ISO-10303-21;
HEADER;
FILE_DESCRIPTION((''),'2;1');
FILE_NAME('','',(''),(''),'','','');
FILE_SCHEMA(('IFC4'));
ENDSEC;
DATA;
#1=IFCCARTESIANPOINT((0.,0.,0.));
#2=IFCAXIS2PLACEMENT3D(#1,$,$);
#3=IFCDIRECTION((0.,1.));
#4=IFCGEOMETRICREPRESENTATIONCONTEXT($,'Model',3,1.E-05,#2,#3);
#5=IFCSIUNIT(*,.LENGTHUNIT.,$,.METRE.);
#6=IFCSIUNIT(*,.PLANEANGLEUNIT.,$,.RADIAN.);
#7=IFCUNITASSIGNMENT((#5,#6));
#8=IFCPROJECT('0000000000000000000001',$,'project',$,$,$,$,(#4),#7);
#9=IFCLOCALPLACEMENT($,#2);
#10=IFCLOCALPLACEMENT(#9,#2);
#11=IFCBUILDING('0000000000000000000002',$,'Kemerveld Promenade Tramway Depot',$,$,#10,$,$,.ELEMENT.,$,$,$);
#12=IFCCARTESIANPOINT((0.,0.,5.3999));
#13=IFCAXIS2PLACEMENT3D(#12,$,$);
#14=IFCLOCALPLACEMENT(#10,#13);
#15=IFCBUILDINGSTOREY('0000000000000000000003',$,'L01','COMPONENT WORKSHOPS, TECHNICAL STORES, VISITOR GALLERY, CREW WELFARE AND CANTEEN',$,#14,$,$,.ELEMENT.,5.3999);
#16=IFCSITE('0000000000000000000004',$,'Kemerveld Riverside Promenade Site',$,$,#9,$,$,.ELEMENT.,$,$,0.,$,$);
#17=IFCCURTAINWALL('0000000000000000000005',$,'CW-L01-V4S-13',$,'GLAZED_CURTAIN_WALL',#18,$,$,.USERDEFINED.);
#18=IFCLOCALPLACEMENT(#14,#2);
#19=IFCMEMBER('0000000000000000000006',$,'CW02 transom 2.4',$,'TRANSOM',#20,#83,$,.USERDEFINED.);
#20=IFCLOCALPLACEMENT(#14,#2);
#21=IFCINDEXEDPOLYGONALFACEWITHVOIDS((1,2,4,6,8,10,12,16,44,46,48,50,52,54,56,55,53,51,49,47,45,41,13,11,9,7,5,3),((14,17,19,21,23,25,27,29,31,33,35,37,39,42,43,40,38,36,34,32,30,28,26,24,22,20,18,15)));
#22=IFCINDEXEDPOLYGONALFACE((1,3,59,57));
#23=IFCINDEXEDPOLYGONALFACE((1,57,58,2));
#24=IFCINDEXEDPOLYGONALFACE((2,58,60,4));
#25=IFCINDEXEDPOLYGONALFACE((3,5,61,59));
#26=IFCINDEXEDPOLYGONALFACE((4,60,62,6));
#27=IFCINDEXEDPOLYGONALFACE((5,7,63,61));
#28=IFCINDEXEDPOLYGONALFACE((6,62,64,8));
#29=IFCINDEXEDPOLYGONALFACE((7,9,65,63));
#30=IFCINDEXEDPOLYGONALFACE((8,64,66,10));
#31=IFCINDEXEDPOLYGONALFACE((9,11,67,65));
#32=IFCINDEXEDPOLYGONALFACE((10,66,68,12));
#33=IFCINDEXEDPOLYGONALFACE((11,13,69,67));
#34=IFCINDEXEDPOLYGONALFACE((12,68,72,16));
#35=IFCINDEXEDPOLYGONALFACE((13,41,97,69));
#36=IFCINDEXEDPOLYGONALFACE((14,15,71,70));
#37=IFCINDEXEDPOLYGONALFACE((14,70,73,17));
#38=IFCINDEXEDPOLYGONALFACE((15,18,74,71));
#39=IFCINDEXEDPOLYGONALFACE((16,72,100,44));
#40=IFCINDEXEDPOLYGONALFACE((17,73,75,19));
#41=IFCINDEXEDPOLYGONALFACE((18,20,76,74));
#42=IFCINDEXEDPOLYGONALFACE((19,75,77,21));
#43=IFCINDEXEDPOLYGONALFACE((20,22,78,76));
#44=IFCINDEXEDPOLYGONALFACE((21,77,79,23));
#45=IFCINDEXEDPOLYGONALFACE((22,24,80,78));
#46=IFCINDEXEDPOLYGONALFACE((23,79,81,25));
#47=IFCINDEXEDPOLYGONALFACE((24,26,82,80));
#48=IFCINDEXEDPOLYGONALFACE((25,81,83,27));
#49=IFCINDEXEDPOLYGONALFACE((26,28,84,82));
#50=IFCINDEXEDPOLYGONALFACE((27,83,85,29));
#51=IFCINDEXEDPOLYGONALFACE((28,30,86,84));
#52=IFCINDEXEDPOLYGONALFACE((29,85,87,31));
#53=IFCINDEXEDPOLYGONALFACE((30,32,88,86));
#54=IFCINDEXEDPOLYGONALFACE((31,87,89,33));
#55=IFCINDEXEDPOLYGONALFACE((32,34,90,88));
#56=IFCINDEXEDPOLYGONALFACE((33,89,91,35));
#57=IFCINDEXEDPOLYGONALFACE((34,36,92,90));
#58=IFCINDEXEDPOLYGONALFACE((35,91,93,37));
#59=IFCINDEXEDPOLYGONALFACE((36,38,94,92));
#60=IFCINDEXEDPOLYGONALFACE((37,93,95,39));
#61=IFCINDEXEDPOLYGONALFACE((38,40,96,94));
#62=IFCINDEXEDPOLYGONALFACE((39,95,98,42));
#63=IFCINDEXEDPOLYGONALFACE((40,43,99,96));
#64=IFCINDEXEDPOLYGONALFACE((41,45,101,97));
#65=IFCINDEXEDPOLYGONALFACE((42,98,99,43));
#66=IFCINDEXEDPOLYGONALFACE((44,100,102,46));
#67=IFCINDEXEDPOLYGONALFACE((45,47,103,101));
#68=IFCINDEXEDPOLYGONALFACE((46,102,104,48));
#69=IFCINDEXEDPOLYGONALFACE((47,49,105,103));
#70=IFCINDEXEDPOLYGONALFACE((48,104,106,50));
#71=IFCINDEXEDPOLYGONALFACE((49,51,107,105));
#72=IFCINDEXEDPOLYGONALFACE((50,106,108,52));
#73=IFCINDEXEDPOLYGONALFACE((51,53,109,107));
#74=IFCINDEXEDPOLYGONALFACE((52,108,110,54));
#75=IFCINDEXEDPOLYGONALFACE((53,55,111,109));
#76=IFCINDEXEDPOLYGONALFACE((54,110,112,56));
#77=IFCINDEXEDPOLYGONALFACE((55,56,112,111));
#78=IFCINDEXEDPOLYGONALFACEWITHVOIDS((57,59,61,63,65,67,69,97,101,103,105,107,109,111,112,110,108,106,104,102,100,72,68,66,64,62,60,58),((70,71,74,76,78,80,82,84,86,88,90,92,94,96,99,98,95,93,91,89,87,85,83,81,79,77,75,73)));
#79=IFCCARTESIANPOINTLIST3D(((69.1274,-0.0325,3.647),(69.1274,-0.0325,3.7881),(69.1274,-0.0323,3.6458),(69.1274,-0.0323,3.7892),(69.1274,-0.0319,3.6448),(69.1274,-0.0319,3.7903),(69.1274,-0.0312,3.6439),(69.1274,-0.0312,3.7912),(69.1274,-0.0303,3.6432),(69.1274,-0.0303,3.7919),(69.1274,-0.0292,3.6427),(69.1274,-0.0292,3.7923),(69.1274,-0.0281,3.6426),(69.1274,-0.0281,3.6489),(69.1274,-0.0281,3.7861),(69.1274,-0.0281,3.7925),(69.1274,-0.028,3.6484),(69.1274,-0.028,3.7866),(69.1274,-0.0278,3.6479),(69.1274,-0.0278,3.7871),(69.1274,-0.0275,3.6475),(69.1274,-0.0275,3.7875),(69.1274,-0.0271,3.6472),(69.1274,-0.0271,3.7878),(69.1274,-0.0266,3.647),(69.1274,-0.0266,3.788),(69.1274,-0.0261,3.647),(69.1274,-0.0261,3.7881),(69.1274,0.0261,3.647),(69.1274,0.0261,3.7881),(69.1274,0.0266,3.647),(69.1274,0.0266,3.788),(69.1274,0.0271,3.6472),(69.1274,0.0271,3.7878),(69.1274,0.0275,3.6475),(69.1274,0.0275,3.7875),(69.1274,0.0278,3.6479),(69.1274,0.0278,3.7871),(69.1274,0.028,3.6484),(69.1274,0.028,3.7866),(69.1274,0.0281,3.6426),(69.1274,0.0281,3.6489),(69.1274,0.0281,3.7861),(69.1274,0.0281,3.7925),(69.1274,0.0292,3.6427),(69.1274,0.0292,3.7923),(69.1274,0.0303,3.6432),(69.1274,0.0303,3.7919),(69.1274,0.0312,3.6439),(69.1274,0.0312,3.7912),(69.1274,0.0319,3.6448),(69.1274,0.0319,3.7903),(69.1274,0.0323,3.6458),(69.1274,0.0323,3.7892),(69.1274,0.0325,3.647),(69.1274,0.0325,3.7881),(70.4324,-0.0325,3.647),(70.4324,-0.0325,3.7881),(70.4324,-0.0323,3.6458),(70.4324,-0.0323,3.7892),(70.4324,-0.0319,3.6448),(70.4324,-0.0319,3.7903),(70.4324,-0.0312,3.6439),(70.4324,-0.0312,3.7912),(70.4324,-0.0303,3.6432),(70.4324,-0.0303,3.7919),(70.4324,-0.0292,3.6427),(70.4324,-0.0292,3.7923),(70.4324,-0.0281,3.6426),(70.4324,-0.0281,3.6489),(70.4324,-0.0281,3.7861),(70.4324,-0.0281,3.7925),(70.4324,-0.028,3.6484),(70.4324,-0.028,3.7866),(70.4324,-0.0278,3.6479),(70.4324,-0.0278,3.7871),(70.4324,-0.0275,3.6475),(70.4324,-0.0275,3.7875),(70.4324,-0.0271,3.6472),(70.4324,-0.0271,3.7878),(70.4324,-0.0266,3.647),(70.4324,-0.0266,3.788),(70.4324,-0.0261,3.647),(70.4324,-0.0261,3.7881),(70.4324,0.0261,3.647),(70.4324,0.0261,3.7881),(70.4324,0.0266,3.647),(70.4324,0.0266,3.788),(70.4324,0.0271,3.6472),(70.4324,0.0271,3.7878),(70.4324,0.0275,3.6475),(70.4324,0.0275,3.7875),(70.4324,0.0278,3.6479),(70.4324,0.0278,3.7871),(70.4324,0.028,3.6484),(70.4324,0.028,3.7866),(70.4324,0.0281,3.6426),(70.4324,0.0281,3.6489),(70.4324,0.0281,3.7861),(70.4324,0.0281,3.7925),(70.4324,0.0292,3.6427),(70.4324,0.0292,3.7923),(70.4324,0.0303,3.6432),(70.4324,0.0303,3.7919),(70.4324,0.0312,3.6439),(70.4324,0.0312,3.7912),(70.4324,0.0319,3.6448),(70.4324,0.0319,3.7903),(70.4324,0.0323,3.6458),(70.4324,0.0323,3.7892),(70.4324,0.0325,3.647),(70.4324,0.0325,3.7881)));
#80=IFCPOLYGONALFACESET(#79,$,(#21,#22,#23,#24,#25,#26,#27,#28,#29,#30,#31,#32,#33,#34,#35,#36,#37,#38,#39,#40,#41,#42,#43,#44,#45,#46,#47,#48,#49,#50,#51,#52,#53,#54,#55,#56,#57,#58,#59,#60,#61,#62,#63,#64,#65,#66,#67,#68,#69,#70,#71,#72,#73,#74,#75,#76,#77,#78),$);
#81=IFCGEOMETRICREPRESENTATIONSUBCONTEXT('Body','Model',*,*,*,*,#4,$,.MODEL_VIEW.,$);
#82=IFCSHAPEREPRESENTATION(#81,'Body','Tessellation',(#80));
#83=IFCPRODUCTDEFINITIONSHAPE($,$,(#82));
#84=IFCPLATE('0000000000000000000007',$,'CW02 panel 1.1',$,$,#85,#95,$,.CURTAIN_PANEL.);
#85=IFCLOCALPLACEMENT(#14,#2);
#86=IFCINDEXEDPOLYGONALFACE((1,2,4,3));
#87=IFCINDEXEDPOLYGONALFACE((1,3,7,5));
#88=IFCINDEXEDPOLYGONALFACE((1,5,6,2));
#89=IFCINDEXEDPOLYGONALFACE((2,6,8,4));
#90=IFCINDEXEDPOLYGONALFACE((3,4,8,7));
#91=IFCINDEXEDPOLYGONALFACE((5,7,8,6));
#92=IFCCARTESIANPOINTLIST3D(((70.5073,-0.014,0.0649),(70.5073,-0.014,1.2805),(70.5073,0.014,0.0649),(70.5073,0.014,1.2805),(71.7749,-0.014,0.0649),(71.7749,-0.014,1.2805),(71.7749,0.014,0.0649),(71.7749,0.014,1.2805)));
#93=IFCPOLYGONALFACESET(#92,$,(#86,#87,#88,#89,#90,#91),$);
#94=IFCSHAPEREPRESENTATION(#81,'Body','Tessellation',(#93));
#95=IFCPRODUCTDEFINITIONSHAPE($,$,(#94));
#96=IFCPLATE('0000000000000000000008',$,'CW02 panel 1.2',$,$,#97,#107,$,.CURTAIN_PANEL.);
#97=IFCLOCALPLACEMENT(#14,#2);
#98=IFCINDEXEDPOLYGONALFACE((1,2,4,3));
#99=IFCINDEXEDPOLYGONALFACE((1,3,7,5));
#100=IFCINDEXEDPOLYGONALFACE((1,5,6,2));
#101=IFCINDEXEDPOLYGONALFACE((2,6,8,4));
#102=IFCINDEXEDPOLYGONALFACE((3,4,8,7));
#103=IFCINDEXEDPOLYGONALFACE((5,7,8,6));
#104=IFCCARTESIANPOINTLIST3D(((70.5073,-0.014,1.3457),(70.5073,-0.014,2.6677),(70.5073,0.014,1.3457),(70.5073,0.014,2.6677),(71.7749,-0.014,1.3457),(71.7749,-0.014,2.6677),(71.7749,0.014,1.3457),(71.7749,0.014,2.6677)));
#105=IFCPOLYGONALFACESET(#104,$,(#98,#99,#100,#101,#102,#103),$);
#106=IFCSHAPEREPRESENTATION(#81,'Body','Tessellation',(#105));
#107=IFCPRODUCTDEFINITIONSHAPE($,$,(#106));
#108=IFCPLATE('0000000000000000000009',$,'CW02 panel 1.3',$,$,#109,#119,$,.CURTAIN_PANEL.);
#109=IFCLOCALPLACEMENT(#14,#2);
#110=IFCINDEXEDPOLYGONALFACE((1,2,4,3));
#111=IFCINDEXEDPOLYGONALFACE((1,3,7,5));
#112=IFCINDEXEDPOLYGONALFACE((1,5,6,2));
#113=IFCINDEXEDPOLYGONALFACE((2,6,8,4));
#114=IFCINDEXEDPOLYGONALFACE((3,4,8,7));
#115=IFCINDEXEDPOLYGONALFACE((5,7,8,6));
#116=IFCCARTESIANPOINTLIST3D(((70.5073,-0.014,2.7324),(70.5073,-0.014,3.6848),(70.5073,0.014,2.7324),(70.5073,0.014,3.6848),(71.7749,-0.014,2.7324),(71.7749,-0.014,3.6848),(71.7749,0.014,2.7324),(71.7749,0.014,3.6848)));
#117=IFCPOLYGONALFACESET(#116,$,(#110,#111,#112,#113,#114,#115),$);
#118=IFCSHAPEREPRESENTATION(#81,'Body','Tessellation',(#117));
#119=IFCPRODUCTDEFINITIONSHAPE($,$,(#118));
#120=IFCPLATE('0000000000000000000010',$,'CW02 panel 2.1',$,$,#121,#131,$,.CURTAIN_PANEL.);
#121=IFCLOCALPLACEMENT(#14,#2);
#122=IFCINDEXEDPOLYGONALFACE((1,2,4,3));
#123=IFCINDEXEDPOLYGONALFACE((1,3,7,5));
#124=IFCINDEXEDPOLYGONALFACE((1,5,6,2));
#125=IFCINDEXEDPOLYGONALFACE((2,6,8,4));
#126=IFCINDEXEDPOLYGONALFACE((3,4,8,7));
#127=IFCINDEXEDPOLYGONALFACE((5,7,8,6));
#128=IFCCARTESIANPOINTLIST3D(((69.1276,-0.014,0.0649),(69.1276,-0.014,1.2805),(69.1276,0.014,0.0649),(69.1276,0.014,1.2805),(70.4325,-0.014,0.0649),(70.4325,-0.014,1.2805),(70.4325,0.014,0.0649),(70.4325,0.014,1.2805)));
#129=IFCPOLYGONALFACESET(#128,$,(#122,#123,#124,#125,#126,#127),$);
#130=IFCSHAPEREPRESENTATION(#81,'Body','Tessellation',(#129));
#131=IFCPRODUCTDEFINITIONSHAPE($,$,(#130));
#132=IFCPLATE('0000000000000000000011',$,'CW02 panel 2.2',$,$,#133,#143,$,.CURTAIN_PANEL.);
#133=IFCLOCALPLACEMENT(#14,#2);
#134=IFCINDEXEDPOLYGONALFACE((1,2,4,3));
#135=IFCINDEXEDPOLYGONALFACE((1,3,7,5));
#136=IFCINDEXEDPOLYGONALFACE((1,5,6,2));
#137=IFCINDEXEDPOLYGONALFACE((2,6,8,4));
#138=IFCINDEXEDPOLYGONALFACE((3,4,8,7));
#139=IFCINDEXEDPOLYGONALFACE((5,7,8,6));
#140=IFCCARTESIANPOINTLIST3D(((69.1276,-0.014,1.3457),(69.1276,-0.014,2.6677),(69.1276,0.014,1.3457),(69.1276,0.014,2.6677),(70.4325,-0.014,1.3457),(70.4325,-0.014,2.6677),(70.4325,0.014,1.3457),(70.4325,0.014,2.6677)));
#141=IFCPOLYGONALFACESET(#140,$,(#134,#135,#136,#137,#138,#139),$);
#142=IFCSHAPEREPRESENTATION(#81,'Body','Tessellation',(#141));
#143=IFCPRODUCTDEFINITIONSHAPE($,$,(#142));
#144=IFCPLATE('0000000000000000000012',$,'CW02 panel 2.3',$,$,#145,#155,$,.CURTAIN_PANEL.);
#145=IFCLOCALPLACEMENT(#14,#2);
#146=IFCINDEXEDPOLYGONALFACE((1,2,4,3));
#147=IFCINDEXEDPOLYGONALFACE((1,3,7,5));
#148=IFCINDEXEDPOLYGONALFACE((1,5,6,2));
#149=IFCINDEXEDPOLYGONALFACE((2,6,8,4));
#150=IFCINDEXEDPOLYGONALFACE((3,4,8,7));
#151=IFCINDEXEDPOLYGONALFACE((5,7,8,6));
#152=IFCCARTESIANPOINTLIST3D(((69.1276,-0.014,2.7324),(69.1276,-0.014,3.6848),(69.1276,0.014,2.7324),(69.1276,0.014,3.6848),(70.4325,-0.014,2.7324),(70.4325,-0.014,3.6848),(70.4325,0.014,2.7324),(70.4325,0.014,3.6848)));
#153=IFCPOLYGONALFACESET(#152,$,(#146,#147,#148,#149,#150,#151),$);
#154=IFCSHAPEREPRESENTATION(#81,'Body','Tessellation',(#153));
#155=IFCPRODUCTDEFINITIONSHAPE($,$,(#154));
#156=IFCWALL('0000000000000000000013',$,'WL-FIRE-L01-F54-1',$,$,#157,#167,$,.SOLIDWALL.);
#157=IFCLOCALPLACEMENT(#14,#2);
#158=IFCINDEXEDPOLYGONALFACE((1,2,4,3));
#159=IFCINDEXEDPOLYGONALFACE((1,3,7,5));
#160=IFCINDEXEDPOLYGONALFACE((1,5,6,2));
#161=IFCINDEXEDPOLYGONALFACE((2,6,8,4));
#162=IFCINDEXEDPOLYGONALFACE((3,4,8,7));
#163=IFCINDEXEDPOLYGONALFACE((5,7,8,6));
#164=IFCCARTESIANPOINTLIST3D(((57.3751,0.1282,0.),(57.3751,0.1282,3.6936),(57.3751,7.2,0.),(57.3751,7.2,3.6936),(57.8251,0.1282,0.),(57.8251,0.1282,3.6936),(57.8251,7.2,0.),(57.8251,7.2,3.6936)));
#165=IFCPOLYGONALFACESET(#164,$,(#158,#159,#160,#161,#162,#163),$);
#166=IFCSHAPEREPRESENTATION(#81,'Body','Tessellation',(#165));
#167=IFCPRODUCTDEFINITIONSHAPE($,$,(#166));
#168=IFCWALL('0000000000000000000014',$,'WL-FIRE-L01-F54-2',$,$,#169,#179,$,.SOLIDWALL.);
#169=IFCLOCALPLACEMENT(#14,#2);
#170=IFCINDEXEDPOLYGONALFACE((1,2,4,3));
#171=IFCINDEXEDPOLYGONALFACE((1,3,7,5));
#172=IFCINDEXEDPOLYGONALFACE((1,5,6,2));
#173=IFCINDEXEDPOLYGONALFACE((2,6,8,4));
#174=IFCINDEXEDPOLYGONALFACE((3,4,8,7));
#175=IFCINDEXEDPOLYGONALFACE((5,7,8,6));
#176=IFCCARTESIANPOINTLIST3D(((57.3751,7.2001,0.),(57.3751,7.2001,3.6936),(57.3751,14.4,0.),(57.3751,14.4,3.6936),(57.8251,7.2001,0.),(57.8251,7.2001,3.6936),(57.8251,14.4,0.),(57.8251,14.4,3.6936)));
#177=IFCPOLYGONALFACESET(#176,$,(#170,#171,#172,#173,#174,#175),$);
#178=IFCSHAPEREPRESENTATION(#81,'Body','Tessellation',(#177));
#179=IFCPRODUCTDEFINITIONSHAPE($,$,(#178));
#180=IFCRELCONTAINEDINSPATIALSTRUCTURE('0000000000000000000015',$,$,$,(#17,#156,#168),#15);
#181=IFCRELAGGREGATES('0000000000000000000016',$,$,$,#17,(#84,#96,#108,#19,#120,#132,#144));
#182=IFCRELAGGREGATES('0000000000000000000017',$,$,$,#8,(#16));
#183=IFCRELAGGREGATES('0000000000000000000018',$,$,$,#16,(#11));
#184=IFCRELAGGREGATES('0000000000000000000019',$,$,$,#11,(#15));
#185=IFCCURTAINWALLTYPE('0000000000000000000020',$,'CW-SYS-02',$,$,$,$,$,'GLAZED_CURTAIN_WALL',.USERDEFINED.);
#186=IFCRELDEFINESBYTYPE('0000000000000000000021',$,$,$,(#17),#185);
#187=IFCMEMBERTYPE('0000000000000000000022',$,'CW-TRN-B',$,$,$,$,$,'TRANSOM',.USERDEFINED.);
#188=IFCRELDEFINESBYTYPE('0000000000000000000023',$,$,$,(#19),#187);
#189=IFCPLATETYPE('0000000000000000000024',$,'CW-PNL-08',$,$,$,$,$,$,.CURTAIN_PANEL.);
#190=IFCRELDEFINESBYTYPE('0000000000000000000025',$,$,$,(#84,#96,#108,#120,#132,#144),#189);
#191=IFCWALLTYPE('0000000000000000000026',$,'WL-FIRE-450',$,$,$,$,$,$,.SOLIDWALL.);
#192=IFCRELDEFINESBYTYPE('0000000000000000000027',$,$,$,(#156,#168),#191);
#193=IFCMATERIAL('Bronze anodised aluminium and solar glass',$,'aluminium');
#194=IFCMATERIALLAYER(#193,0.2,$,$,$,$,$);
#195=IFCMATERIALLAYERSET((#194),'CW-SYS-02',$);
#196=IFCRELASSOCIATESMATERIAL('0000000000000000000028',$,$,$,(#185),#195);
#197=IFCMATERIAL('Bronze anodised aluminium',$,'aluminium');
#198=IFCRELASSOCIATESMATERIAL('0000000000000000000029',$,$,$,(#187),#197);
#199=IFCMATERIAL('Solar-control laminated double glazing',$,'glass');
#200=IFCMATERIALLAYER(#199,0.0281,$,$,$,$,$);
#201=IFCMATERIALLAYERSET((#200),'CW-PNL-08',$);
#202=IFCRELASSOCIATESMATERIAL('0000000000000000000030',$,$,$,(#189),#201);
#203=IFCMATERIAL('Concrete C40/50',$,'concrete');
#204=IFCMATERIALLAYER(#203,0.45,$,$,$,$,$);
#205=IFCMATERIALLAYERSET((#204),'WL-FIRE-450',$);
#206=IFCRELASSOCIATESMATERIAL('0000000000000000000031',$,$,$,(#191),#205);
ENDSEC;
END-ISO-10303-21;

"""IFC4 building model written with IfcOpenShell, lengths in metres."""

from ifc_helpers import new_model, si_unit, direction, frame, frame_2d, origin, origin_2d, place, context, subcontext, project, spatial, rectangle, hollow_rectangle, extrude, material, layer, layer_set, material_profile, profile_set, type_object, element, aggregate, save


model = new_model("IFC4")

# Units and contexts
model_context = context("Model", 3, precision=1e-05, world=origin(), true_north=direction((0.0, 1.0)))
body_context = subcontext(model_context, "Body", "Model", "MODEL_VIEW")
ifc_project = project(units=[si_unit("LENGTHUNIT", "METRE"), si_unit("PLANEANGLEUNIT", "RADIAN")], contexts=[model_context])

# Site, building, storey
site_placement = place(None, origin())
site = spatial("IfcSite", under=ifc_project, at=site_placement, Name="Kemerveld Riverside Promenade Site", CompositionType="ELEMENT", RefElevation=0.0)
building_placement = place(site_placement, origin())
building = spatial("IfcBuilding", under=site, at=building_placement, Name="Kemerveld Promenade Tramway Depot", CompositionType="ELEMENT")
storey_placement = place(building_placement, frame((0.0, 0.0, 5.3999)))
storey = spatial("IfcBuildingStorey", under=building, at=storey_placement, Name="L01", Description="COMPONENT WORKSHOPS, TECHNICAL STORES, VISITOR GALLERY, CREW WELFARE AND CANTEEN", CompositionType="ELEMENT", Elevation=5.3999)

# Curtain wall, member, plates
ifc_material_1 = material(Name="Bronze anodised aluminium and solar glass", Category="aluminium")
ifc_layer_1 = layer(ifc_material_1, 0.2)
ifc_layer_set_1 = layer_set([ifc_layer_1], Name="CW-SYS-02")
curtain_wall_type = type_object("IfcCurtainWallType", Name="CW-SYS-02", ElementType="GLAZED_CURTAIN_WALL", PredefinedType="USERDEFINED", material=ifc_layer_set_1)
curtain_wall_placement = place(storey_placement, origin())
curtain_wall = element("IfcCurtainWall", 1, at=curtain_wall_placement, inside=storey, type_object=curtain_wall_type, Name="CW-L01-V4S-13", ObjectType="GLAZED_CURTAIN_WALL", PredefinedType="USERDEFINED")
ifc_material_2 = material(Name="Bronze anodised aluminium", Category="aluminium")
ifc_material_profile_1 = material_profile(ifc_material_2, hollow_rectangle(XDim=0.0649, YDim=0.1499, WallThickness=0.0044, InnerFilletRadius=0.002, OuterFilletRadius=0.0044, at=origin_2d()), Name="CW-TRN-150x65")
ifc_profile_set_1 = profile_set([ifc_material_profile_1], Name="Bronze anodised aluminium")
member_type_1 = type_object("IfcMemberType", Name="CW-TRN-B", ElementType="TRANSOM", PredefinedType="USERDEFINED", material=ifc_profile_set_1)
member_1_placement = place(storey_placement, frame((70.4324, 0.0, 3.7175), z_axis=(-1.0, 0.0, 0.0), x_axis=(0.0, -1.0, 0.0)))
member_1 = element("IfcMember", 2, at=member_1_placement, type_object=member_type_1, Name="CW02 transom 2.4", ObjectType="TRANSOM", PredefinedType="USERDEFINED", context=body_context, shape_type="SweptSolid", body=[
    extrude(hollow_rectangle(XDim=0.0649, YDim=0.1499, WallThickness=0.0044, InnerFilletRadius=0.002, OuterFilletRadius=0.0044, at=origin_2d()), origin(), (0.0, 0.0, 1.0), 1.3049),
])
ifc_material_3 = material(Name="Solar-control laminated double glazing", Category="glass")
ifc_layer_2 = layer(ifc_material_3, 0.0281)
ifc_layer_set_2 = layer_set([ifc_layer_2], Name="CW-PNL-08")
plate_type = type_object("IfcPlateType", Name="CW-PNL-08", PredefinedType="CURTAIN_PANEL", material=ifc_layer_set_2)
plate_1_placement = place(storey_placement, frame((71.1411, 0.0, 0.0649), z_axis=(0.0, 0.0, 1.0), x_axis=(-1.0, 0.0, 0.0)))
plate_1 = element("IfcPlate", 3, at=plate_1_placement, type_object=plate_type, Name="CW02 panel 1.1", PredefinedType="CURTAIN_PANEL", context=body_context, shape_type="SweptSolid", body=[
    extrude(rectangle(XDim=1.2676, YDim=0.0281, at=origin_2d()), origin(), (0.0, 0.0, 1.0), 1.2156),
])
plate_2_placement = place(storey_placement, frame((71.1411, 0.0, 1.3457), z_axis=(0.0, 0.0, 1.0), x_axis=(-1.0, 0.0, 0.0)))
plate_2 = element("IfcPlate", 4, at=plate_2_placement, type_object=plate_type, Name="CW02 panel 1.2", PredefinedType="CURTAIN_PANEL", context=body_context, shape_type="SweptSolid", body=[
    extrude(rectangle(XDim=1.2676, YDim=0.0281, at=origin_2d()), origin(), (0.0, 0.0, 1.0), 1.322),
])
plate_3_placement = place(storey_placement, frame((71.1411, 0.0, 2.7324), z_axis=(0.0, 0.0, 1.0), x_axis=(-1.0, 0.0, 0.0)))
plate_3 = element("IfcPlate", 5, at=plate_3_placement, type_object=plate_type, Name="CW02 panel 1.3", PredefinedType="CURTAIN_PANEL", context=body_context, shape_type="SweptSolid", body=[
    extrude(rectangle(XDim=1.2676, YDim=0.0281, at=origin_2d()), origin(), (0.0, 0.0, 1.0), 0.9524),
])
plate_4_placement = place(storey_placement, frame((69.78, 0.0, 0.0649), z_axis=(0.0, 0.0, 1.0), x_axis=(-1.0, 0.0, 0.0)))
plate_4 = element("IfcPlate", 6, at=plate_4_placement, type_object=plate_type, Name="CW02 panel 2.1", PredefinedType="CURTAIN_PANEL", context=body_context, shape_type="SweptSolid", body=[
    extrude(rectangle(XDim=1.3049, YDim=0.0281, at=origin_2d()), origin(), (0.0, 0.0, 1.0), 1.2156),
])
plate_5_placement = place(storey_placement, frame((69.78, 0.0, 1.3457), z_axis=(0.0, 0.0, 1.0), x_axis=(-1.0, 0.0, 0.0)))
plate_5 = element("IfcPlate", 7, at=plate_5_placement, type_object=plate_type, Name="CW02 panel 2.2", PredefinedType="CURTAIN_PANEL", context=body_context, shape_type="SweptSolid", body=[
    extrude(rectangle(XDim=1.3049, YDim=0.0281, at=origin_2d()), origin(), (0.0, 0.0, 1.0), 1.322),
])
plate_6_placement = place(storey_placement, frame((69.78, 0.0, 2.7324), z_axis=(0.0, 0.0, 1.0), x_axis=(-1.0, 0.0, 0.0)))
plate_6 = element("IfcPlate", 8, at=plate_6_placement, type_object=plate_type, Name="CW02 panel 2.3", PredefinedType="CURTAIN_PANEL", context=body_context, shape_type="SweptSolid", body=[
    extrude(rectangle(XDim=1.3049, YDim=0.0281, at=origin_2d()), origin(), (0.0, 0.0, 1.0), 0.9524),
])
aggregate(curtain_wall, [plate_1, plate_2, plate_3, member_1, plate_4, plate_5, plate_6])

# Walls
ifc_material_4 = material(Name="Concrete C40/50", Category="concrete")
ifc_layer_3 = layer(ifc_material_4, 0.45)
ifc_layer_set_3 = layer_set([ifc_layer_3], Name="WL-FIRE-450")
wall_type = type_object("IfcWallType", Name="WL-FIRE-450", PredefinedType="SOLIDWALL", material=ifc_layer_set_3)
wall_1_placement = place(storey_placement, frame((57.6001, 0.1282, 0.0), z_axis=(0.0, 0.0, 1.0), x_axis=(0.0, 1.0, 0.0)))
element("IfcWall", 9, at=wall_1_placement, inside=storey, type_object=wall_type, Name="WL-FIRE-L01-F54-1", PredefinedType="SOLIDWALL", context=body_context, shape_type="SweptSolid", body=[
    extrude(rectangle(XDim=7.0718, YDim=0.45, at=frame_2d((3.5359, 0.0))), origin(), (0.0, 0.0, 1.0), 3.6936),
])
wall_2_placement = place(storey_placement, frame((57.6001, 7.2, 0.0), z_axis=(0.0, 0.0, 1.0), x_axis=(0.0, 1.0, 0.0)))
element("IfcWall", 10, at=wall_2_placement, inside=storey, type_object=wall_type, Name="WL-FIRE-L01-F54-2", PredefinedType="SOLIDWALL", context=body_context, shape_type="SweptSolid", body=[
    extrude(rectangle(XDim=7.2, YDim=0.45, at=frame_2d((3.6001, 0.0))), origin(), (0.0, 0.0, 1.0), 3.6936),
])

save(model, "model.ifc")
